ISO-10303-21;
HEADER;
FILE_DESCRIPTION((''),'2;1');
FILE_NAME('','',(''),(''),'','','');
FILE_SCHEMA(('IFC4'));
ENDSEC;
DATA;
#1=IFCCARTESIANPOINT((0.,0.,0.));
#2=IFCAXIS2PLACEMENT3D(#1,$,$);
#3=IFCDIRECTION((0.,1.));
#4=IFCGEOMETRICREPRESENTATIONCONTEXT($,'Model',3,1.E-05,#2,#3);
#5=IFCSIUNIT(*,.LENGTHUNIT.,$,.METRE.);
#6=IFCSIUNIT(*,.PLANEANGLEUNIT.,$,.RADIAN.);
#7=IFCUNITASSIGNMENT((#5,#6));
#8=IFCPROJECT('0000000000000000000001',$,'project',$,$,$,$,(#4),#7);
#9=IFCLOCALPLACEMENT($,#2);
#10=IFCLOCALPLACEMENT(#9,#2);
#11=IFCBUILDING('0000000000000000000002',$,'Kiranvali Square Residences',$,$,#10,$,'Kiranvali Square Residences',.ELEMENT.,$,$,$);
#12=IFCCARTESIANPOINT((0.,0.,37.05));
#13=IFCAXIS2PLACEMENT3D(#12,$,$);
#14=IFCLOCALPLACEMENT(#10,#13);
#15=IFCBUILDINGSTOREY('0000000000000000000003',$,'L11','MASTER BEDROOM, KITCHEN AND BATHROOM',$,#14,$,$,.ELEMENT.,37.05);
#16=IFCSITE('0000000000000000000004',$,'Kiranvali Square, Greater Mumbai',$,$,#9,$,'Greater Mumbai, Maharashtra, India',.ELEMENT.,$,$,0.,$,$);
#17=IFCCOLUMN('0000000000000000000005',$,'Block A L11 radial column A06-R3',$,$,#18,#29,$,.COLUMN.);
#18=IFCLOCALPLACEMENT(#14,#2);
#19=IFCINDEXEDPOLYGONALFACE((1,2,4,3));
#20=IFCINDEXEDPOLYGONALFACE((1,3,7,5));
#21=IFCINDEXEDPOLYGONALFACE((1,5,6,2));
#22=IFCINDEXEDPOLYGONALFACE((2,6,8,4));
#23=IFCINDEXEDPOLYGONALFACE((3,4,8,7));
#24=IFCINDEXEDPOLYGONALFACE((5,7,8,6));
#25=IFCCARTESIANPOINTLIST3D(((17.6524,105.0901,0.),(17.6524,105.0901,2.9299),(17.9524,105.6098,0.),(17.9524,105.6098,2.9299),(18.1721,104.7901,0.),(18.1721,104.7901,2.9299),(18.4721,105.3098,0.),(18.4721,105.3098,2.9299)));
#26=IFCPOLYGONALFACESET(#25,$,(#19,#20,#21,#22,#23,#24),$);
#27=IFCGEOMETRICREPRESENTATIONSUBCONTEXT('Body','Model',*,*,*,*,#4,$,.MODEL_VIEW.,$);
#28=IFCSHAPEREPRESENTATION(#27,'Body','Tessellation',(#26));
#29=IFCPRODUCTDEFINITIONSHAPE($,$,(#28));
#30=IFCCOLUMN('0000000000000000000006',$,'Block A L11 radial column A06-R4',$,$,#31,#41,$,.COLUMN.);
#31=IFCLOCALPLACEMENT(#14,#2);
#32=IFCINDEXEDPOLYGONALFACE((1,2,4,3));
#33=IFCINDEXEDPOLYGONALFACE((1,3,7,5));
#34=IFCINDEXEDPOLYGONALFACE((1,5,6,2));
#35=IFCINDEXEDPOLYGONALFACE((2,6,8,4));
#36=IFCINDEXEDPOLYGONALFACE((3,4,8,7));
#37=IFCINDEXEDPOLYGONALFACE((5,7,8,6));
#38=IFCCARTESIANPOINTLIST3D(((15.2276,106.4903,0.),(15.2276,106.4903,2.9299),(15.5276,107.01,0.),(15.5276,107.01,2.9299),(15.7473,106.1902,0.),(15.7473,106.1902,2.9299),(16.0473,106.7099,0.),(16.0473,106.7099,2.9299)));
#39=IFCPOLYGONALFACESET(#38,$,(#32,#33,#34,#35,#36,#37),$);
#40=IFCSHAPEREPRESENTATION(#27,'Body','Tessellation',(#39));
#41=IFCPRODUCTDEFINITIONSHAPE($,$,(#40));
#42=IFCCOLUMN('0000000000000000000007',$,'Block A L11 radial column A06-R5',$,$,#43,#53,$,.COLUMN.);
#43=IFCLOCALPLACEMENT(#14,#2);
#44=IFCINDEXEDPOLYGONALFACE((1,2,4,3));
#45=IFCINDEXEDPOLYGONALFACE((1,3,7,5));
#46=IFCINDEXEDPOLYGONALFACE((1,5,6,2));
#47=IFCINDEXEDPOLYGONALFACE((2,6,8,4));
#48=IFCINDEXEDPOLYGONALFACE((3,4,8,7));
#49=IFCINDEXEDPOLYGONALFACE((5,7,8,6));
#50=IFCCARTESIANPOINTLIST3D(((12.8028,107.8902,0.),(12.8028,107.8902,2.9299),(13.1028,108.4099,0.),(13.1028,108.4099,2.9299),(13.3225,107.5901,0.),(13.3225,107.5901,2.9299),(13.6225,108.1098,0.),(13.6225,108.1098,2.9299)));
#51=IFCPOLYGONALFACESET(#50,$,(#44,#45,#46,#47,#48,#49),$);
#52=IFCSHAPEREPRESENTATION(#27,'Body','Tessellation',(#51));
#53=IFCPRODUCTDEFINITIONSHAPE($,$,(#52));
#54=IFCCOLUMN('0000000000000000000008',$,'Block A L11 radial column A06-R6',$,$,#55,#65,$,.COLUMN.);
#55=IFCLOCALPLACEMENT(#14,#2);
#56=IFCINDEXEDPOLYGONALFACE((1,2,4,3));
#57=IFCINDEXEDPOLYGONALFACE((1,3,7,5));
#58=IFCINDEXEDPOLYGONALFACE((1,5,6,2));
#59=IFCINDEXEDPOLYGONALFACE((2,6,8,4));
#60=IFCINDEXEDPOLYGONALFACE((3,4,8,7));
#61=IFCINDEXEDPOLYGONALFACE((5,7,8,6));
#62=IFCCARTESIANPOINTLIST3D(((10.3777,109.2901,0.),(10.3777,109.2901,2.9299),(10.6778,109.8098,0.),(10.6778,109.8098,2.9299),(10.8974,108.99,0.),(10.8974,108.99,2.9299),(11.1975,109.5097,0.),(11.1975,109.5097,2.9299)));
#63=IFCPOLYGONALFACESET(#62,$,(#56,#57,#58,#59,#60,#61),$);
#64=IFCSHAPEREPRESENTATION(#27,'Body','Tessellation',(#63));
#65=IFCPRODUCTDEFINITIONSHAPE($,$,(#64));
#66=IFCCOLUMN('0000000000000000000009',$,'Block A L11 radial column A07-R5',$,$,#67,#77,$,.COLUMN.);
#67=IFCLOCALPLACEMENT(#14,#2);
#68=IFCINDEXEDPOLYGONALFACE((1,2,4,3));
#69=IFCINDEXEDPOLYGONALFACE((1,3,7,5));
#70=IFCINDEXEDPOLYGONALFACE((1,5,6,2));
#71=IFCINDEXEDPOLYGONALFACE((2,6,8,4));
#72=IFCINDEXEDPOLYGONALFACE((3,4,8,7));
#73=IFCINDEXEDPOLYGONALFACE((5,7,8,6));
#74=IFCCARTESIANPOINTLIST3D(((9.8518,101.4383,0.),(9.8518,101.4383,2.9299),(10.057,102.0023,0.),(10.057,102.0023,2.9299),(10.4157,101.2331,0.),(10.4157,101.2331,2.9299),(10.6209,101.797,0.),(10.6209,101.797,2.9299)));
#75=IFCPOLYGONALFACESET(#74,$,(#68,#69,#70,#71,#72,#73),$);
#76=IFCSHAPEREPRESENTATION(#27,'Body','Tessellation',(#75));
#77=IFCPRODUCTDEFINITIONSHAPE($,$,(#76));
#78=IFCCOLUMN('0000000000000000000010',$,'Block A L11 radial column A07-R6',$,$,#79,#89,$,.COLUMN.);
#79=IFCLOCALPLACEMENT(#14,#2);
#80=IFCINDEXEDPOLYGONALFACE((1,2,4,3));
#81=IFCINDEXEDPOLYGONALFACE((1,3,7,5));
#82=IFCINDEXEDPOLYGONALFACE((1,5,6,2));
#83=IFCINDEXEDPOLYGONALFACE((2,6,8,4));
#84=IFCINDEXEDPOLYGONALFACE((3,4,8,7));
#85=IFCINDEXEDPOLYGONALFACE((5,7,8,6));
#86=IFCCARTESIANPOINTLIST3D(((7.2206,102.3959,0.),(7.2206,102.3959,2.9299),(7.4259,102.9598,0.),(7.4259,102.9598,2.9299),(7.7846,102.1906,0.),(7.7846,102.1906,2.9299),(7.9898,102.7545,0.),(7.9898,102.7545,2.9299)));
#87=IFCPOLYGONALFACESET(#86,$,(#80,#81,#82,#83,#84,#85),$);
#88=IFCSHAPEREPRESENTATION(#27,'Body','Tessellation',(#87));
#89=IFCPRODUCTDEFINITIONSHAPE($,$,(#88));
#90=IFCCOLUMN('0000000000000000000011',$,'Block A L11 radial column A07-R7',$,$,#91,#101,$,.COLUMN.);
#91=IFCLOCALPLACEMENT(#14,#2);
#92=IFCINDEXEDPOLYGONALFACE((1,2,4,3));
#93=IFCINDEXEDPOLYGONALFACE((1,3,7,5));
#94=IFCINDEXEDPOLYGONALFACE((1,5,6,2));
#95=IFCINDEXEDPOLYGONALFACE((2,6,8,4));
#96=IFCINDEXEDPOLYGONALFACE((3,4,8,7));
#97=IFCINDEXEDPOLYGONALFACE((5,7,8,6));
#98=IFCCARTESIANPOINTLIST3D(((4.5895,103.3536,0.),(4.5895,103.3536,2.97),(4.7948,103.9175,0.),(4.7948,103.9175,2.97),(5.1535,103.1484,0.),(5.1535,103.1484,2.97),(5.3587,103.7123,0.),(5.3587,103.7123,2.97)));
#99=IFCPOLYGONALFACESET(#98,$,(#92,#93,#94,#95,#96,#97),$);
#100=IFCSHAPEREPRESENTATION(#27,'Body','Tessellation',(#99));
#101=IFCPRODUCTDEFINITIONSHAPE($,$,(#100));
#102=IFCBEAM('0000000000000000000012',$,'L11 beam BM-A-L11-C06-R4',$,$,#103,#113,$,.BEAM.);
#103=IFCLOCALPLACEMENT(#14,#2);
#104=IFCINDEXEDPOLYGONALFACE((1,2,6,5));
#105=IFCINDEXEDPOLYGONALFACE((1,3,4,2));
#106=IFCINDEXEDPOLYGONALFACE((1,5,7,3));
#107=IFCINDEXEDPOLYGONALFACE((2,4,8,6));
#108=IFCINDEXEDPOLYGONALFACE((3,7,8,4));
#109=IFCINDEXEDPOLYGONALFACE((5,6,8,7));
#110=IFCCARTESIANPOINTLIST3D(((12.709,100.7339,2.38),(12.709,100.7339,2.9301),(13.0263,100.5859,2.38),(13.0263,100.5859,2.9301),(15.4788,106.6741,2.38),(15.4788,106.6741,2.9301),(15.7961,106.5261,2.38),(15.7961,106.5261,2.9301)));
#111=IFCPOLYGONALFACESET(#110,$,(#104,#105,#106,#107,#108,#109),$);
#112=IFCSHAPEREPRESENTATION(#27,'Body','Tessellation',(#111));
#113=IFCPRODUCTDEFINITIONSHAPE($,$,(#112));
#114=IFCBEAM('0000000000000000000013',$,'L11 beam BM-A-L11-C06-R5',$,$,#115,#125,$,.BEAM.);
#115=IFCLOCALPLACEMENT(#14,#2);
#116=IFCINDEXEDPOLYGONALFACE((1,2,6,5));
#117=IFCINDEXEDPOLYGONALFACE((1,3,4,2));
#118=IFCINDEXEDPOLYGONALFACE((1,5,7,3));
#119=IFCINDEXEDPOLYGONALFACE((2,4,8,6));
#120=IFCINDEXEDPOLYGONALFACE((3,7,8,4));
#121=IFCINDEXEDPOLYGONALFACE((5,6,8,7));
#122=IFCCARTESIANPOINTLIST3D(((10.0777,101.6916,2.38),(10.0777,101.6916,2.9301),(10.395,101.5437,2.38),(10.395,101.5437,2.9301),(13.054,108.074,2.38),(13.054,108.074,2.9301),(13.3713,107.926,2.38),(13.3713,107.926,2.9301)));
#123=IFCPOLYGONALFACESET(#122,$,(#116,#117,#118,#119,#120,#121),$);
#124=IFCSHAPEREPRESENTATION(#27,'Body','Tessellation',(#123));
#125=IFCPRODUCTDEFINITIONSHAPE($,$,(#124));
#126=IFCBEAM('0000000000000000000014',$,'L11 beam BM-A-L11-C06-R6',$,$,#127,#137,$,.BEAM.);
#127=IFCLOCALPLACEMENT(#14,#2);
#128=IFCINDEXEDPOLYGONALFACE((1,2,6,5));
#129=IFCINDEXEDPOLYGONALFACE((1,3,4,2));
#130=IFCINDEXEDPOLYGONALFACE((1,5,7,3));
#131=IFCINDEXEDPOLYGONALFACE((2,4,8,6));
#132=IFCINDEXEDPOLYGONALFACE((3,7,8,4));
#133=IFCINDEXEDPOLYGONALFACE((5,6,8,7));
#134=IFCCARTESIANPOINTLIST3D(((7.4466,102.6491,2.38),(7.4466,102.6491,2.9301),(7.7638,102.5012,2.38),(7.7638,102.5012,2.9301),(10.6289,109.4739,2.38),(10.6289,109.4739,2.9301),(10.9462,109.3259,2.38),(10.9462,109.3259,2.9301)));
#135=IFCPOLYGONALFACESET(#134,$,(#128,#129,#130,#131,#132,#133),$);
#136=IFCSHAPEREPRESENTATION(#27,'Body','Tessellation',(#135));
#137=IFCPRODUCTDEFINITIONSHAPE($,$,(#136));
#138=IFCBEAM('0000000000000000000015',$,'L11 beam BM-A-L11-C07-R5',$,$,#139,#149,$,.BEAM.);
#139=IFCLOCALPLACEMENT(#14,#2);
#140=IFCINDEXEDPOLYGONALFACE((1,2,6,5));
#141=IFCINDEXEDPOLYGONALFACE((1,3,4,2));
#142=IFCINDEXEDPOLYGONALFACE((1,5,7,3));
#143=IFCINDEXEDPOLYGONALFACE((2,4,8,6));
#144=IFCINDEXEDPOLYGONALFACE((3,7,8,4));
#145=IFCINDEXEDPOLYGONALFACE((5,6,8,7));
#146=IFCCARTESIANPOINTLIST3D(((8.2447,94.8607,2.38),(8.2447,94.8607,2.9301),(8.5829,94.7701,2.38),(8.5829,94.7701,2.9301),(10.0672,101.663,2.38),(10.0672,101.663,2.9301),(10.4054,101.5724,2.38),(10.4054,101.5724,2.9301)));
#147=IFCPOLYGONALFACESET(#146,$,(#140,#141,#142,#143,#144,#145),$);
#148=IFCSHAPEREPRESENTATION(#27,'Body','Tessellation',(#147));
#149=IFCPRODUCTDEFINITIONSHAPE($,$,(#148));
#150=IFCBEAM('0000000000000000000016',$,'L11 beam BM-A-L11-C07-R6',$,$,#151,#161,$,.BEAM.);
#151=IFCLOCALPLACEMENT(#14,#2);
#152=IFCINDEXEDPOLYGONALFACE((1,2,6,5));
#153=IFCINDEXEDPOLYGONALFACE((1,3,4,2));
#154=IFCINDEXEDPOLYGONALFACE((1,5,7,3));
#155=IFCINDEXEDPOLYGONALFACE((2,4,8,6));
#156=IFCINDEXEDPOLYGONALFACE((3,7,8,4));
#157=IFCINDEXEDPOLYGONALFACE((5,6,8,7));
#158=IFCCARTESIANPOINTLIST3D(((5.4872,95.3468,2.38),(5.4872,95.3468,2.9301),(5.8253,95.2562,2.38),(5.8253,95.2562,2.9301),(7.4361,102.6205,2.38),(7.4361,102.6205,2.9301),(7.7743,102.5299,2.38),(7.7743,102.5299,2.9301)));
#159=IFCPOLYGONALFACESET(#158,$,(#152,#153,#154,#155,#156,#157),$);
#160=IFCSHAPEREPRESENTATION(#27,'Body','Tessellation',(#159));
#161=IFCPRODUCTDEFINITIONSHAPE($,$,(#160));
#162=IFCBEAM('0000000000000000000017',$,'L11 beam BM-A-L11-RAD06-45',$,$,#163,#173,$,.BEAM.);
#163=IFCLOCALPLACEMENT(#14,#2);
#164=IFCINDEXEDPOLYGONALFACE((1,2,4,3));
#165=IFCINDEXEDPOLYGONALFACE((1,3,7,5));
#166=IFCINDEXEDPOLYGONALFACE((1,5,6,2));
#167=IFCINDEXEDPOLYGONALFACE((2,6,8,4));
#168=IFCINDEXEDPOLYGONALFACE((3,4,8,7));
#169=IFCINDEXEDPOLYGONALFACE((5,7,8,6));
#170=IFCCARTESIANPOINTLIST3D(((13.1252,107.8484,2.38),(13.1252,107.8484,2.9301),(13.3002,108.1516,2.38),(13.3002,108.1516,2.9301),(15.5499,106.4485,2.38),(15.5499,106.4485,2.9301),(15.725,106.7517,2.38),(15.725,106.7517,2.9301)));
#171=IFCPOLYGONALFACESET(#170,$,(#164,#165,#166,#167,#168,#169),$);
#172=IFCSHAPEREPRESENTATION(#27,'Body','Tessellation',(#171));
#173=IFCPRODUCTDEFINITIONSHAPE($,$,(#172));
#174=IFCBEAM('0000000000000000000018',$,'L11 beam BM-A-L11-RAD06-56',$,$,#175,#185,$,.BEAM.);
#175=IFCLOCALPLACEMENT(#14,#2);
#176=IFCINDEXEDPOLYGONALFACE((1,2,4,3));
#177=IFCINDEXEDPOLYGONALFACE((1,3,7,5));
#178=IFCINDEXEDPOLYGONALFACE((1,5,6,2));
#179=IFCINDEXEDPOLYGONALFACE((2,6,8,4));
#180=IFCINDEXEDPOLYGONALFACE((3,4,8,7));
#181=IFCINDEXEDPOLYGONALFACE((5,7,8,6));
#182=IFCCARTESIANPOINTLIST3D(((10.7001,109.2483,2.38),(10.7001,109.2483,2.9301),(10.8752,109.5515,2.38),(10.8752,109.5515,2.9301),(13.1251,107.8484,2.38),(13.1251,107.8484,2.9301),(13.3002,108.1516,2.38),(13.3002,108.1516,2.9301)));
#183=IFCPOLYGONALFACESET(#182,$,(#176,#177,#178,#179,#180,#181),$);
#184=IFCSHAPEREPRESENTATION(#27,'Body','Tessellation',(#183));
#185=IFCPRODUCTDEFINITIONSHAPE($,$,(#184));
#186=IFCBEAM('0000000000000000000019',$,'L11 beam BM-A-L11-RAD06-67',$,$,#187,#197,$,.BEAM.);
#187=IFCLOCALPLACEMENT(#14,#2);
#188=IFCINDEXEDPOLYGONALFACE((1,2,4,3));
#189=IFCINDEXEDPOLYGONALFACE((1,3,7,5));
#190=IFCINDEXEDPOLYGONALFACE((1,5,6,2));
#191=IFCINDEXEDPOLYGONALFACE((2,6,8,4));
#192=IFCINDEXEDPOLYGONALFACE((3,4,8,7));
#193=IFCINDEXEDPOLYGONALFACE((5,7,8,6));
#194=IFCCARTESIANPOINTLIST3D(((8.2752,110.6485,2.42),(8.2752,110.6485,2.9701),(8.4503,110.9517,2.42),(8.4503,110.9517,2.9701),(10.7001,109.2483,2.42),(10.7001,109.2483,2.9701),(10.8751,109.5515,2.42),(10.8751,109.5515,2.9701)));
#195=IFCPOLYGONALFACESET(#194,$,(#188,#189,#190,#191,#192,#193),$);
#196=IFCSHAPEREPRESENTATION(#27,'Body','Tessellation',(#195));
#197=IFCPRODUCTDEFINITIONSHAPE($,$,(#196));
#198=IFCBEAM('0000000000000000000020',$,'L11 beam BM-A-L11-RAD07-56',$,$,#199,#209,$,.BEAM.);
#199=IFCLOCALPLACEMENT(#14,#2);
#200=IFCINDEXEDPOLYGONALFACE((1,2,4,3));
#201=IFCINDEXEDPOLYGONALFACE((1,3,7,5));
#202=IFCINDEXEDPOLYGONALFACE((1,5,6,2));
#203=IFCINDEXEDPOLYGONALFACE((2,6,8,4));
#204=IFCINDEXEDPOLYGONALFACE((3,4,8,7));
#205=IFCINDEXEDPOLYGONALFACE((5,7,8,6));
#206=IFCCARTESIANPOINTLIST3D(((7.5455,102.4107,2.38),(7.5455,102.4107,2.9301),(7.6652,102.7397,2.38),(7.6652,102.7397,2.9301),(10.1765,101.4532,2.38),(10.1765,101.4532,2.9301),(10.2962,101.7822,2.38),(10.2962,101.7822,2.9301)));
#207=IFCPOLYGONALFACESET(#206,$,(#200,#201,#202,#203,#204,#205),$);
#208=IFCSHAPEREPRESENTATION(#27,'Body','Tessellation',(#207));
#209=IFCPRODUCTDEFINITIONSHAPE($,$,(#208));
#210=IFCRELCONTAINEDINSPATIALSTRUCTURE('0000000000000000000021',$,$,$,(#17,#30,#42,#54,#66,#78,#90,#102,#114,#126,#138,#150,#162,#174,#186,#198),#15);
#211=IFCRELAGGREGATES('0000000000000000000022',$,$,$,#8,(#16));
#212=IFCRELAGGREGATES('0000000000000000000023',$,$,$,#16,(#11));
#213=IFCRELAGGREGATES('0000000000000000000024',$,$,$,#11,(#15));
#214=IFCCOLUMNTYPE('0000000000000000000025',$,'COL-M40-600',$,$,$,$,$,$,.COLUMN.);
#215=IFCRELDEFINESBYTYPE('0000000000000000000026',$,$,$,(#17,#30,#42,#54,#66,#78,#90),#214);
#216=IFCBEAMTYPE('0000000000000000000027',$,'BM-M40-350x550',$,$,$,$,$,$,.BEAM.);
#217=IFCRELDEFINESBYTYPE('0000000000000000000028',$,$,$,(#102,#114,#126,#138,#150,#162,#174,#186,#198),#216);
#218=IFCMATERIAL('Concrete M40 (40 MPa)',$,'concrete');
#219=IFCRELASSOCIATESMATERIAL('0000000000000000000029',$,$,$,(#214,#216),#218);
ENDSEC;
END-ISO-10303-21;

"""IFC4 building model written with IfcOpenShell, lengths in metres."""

from ifc_helpers import new_model, si_unit, direction, frame, origin, origin_2d, place, context, subcontext, project, spatial, rectangle, extrude, material, material_profile, profile_set, type_object, element, save


model = new_model("IFC4")

# Units and contexts
model_context = context("Model", 3, precision=1e-05, world=origin(), true_north=direction((0.0, 1.0)))
body_context = subcontext(model_context, "Body", "Model", "MODEL_VIEW")
ifc_project = project(units=[si_unit("LENGTHUNIT", "METRE"), si_unit("PLANEANGLEUNIT", "RADIAN")], contexts=[model_context])

# Site, building, storey
site_placement = place(None, origin())
site = spatial("IfcSite", under=ifc_project, at=site_placement, Name="Kiranvali Square, Greater Mumbai", LongName="Greater Mumbai, Maharashtra, India", CompositionType="ELEMENT", RefElevation=0.0)
building_placement = place(site_placement, origin())
building = spatial("IfcBuilding", under=site, at=building_placement, Name="Kiranvali Square Residences", LongName="Kiranvali Square Residences", CompositionType="ELEMENT")
storey_placement = place(building_placement, frame((0.0, 0.0, 37.05)))
storey = spatial("IfcBuildingStorey", under=building, at=storey_placement, Name="L11", Description="MASTER BEDROOM, KITCHEN AND BATHROOM", CompositionType="ELEMENT", Elevation=37.05)

# Columns
ifc_material_1 = material(Name="Concrete M40 (40 MPa)", Category="concrete")
ifc_material_profile_1 = material_profile(ifc_material_1, rectangle(XDim=0.6001, YDim=0.6001, at=origin_2d()), Name="RC 600x600")
ifc_profile_set_1 = profile_set([ifc_material_profile_1], Name="Concrete M40 (40 MPa)")
column_type = type_object("IfcColumnType", Name="COL-M40-600", PredefinedType="COLUMN", material=ifc_profile_set_1)
for number, where, z_axis, x_axis, name in (
    (1, (18.0623, 105.2, 0.0), (0.0, 0.0, 1.0), (0.5, 0.866025, 0.0), "Block A L11 radial column A06-R3"),
    (2, (15.6375, 106.6001, 0.0), (0.0, 0.0, 1.0), (0.5, 0.866025, 0.0), "Block A L11 radial column A06-R4"),
    (3, (13.2126, 108.0, 0.0), (0.0, 0.0, 1.0), (0.5, 0.866025, 0.0), "Block A L11 radial column A06-R5"),
    (4, (10.7876, 109.3999, 0.0), (0.0, 0.0, 1.0), (0.5, 0.866025, 0.0), "Block A L11 radial column A06-R6"),
    (5, (10.2363, 101.6177, 0.0), (0.0, 0.0, 1.0), (0.34202, 0.939693, 0.0), "Block A L11 radial column A07-R5"),
    (6, (7.6052, 102.5752, 0.0), (0.0, 0.0, 1.0), (0.34202, 0.939693, 0.0), "Block A L11 radial column A07-R6"),
):
    element("IfcColumn", number, at=place(storey_placement, frame(where, z_axis=z_axis, x_axis=x_axis)), inside=storey, type_object=column_type, Name=name, PredefinedType="COLUMN", context=body_context, shape_type="SweptSolid", body=[
        extrude(rectangle(XDim=0.6001, YDim=0.6001, at=origin_2d()), origin(), (0.0, 0.0, 1.0), 2.9299),
    ])
column_placement = place(storey_placement, frame((4.9741, 103.533, 0.0), z_axis=(0.0, 0.0, 1.0), x_axis=(0.34202, 0.939693, 0.0)))
element("IfcColumn", 7, at=column_placement, inside=storey, type_object=column_type, Name="Block A L11 radial column A07-R7", PredefinedType="COLUMN", context=body_context, shape_type="SweptSolid", body=[
    extrude(rectangle(XDim=0.6001, YDim=0.6001, at=origin_2d()), origin(), (0.0, 0.0, 1.0), 2.97),
])

# Beams
ifc_material_profile_2 = material_profile(ifc_material_1, rectangle(XDim=0.3501, YDim=0.55, at=origin_2d()), Name="RC 350x550")
ifc_profile_set_2 = profile_set([ifc_material_profile_2], Name="Concrete M40 (40 MPa)")
beam_type_1 = type_object("IfcBeamType", Name="BM-M40-350x550", PredefinedType="BEAM", material=ifc_profile_set_2)
beam_1_placement = place(storey_placement, frame((15.6375, 106.6001, 2.655), z_axis=(-0.422596, -0.906318, 0.0), x_axis=(0.906318, -0.422596, 0.0)))
element("IfcBeam", 8, at=beam_1_placement, inside=storey, type_object=beam_type_1, Name="L11 beam BM-A-L11-C06-R4", PredefinedType="BEAM", context=body_context, shape_type="SweptSolid", body=[
    extrude(rectangle(XDim=0.3501, YDim=0.55, at=origin_2d()), origin(), (0.0, 0.0, 1.0), 6.5542),
])
beam_2_placement = place(storey_placement, frame((13.2126, 108.0, 2.655), z_axis=(-0.422641, -0.906297, 0.0), x_axis=(0.906297, -0.422641, 0.0)))
element("IfcBeam", 9, at=beam_2_placement, inside=storey, type_object=beam_type_1, Name="L11 beam BM-A-L11-C06-R5", PredefinedType="BEAM", context=body_context, shape_type="SweptSolid", body=[
    extrude(rectangle(XDim=0.3501, YDim=0.55, at=origin_2d()), origin(), (0.0, 0.0, 1.0), 7.0422),
])
beam_3_placement = place(storey_placement, frame((10.7876, 109.3999, 2.655), z_axis=(-0.422614, -0.90631, 0.0), x_axis=(0.90631, -0.422614, 0.0)))
element("IfcBeam", 10, at=beam_3_placement, inside=storey, type_object=beam_type_1, Name="L11 beam BM-A-L11-C06-R6", PredefinedType="BEAM", context=body_context, shape_type="SweptSolid", body=[
    extrude(rectangle(XDim=0.3501, YDim=0.55, at=origin_2d()), origin(), (0.0, 0.0, 1.0), 7.5303),
])
beam_4_placement = place(storey_placement, frame((10.2363, 101.6177, 2.655), z_axis=(-0.2588, -0.965931, 0.0), x_axis=(0.965931, -0.2588, 0.0)))
element("IfcBeam", 11, at=beam_4_placement, inside=storey, type_object=beam_type_1, Name="L11 beam BM-A-L11-C07-R5", PredefinedType="BEAM", context=body_context, shape_type="SweptSolid", body=[
    extrude(rectangle(XDim=0.3501, YDim=0.55, at=origin_2d()), origin(), (0.0, 0.0, 1.0), 7.0422),
])
beam_5_placement = place(storey_placement, frame((7.6052, 102.5752, 2.655), z_axis=(-0.258819, -0.965926, 0.0), x_axis=(0.965926, -0.258819, 0.0)))
element("IfcBeam", 12, at=beam_5_placement, inside=storey, type_object=beam_type_1, Name="L11 beam BM-A-L11-C07-R6", PredefinedType="BEAM", context=body_context, shape_type="SweptSolid", body=[
    extrude(rectangle(XDim=0.3501, YDim=0.55, at=origin_2d()), origin(), (0.0, 0.0, 1.0), 7.5303),
])
beam_6_placement = place(storey_placement, frame((15.6375, 106.6001, 2.655), z_axis=(-0.866035, 0.499984, 0.0), x_axis=(-0.499984, -0.866035, 0.0)))
element("IfcBeam", 13, at=beam_6_placement, inside=storey, type_object=beam_type_1, Name="L11 beam BM-A-L11-RAD06-45", PredefinedType="BEAM", context=body_context, shape_type="SweptSolid", body=[
    extrude(rectangle(XDim=0.3501, YDim=0.55, at=origin_2d()), origin(), (0.0, 0.0, 1.0), 2.7998),
])
for number, where, z_axis, x_axis, name in (
    (14, (13.2126, 108.0, 2.655), (-0.866056, 0.499946, 0.0), (-0.499946, -0.866056, 0.0), "L11 beam BM-A-L11-RAD06-56"),
    (15, (10.7876, 109.3999, 2.6951), (-0.865997, 0.50005, 0.0), (-0.50005, -0.865997, 0.0), "L11 beam BM-A-L11-RAD06-67"),
):
    element("IfcBeam", number, at=place(storey_placement, frame(where, z_axis=z_axis, x_axis=x_axis)), inside=storey, type_object=beam_type_1, Name=name, PredefinedType="BEAM", context=body_context, shape_type="SweptSolid", body=[
        extrude(rectangle(XDim=0.3501, YDim=0.55, at=origin_2d()), origin(), (0.0, 0.0, 1.0), 2.8),
    ])
beam_7_placement = place(storey_placement, frame((10.2363, 101.6177, 2.655), z_axis=(-0.939707, 0.341981, 0.0), x_axis=(-0.341981, -0.939707, 0.0)))
element("IfcBeam", 16, at=beam_7_placement, inside=storey, type_object=beam_type_1, Name="L11 beam BM-A-L11-RAD07-56", PredefinedType="BEAM", context=body_context, shape_type="SweptSolid", body=[
    extrude(rectangle(XDim=0.3501, YDim=0.55, at=origin_2d()), origin(), (0.0, 0.0, 1.0), 2.7998),
])

save(model, "model.ifc")
